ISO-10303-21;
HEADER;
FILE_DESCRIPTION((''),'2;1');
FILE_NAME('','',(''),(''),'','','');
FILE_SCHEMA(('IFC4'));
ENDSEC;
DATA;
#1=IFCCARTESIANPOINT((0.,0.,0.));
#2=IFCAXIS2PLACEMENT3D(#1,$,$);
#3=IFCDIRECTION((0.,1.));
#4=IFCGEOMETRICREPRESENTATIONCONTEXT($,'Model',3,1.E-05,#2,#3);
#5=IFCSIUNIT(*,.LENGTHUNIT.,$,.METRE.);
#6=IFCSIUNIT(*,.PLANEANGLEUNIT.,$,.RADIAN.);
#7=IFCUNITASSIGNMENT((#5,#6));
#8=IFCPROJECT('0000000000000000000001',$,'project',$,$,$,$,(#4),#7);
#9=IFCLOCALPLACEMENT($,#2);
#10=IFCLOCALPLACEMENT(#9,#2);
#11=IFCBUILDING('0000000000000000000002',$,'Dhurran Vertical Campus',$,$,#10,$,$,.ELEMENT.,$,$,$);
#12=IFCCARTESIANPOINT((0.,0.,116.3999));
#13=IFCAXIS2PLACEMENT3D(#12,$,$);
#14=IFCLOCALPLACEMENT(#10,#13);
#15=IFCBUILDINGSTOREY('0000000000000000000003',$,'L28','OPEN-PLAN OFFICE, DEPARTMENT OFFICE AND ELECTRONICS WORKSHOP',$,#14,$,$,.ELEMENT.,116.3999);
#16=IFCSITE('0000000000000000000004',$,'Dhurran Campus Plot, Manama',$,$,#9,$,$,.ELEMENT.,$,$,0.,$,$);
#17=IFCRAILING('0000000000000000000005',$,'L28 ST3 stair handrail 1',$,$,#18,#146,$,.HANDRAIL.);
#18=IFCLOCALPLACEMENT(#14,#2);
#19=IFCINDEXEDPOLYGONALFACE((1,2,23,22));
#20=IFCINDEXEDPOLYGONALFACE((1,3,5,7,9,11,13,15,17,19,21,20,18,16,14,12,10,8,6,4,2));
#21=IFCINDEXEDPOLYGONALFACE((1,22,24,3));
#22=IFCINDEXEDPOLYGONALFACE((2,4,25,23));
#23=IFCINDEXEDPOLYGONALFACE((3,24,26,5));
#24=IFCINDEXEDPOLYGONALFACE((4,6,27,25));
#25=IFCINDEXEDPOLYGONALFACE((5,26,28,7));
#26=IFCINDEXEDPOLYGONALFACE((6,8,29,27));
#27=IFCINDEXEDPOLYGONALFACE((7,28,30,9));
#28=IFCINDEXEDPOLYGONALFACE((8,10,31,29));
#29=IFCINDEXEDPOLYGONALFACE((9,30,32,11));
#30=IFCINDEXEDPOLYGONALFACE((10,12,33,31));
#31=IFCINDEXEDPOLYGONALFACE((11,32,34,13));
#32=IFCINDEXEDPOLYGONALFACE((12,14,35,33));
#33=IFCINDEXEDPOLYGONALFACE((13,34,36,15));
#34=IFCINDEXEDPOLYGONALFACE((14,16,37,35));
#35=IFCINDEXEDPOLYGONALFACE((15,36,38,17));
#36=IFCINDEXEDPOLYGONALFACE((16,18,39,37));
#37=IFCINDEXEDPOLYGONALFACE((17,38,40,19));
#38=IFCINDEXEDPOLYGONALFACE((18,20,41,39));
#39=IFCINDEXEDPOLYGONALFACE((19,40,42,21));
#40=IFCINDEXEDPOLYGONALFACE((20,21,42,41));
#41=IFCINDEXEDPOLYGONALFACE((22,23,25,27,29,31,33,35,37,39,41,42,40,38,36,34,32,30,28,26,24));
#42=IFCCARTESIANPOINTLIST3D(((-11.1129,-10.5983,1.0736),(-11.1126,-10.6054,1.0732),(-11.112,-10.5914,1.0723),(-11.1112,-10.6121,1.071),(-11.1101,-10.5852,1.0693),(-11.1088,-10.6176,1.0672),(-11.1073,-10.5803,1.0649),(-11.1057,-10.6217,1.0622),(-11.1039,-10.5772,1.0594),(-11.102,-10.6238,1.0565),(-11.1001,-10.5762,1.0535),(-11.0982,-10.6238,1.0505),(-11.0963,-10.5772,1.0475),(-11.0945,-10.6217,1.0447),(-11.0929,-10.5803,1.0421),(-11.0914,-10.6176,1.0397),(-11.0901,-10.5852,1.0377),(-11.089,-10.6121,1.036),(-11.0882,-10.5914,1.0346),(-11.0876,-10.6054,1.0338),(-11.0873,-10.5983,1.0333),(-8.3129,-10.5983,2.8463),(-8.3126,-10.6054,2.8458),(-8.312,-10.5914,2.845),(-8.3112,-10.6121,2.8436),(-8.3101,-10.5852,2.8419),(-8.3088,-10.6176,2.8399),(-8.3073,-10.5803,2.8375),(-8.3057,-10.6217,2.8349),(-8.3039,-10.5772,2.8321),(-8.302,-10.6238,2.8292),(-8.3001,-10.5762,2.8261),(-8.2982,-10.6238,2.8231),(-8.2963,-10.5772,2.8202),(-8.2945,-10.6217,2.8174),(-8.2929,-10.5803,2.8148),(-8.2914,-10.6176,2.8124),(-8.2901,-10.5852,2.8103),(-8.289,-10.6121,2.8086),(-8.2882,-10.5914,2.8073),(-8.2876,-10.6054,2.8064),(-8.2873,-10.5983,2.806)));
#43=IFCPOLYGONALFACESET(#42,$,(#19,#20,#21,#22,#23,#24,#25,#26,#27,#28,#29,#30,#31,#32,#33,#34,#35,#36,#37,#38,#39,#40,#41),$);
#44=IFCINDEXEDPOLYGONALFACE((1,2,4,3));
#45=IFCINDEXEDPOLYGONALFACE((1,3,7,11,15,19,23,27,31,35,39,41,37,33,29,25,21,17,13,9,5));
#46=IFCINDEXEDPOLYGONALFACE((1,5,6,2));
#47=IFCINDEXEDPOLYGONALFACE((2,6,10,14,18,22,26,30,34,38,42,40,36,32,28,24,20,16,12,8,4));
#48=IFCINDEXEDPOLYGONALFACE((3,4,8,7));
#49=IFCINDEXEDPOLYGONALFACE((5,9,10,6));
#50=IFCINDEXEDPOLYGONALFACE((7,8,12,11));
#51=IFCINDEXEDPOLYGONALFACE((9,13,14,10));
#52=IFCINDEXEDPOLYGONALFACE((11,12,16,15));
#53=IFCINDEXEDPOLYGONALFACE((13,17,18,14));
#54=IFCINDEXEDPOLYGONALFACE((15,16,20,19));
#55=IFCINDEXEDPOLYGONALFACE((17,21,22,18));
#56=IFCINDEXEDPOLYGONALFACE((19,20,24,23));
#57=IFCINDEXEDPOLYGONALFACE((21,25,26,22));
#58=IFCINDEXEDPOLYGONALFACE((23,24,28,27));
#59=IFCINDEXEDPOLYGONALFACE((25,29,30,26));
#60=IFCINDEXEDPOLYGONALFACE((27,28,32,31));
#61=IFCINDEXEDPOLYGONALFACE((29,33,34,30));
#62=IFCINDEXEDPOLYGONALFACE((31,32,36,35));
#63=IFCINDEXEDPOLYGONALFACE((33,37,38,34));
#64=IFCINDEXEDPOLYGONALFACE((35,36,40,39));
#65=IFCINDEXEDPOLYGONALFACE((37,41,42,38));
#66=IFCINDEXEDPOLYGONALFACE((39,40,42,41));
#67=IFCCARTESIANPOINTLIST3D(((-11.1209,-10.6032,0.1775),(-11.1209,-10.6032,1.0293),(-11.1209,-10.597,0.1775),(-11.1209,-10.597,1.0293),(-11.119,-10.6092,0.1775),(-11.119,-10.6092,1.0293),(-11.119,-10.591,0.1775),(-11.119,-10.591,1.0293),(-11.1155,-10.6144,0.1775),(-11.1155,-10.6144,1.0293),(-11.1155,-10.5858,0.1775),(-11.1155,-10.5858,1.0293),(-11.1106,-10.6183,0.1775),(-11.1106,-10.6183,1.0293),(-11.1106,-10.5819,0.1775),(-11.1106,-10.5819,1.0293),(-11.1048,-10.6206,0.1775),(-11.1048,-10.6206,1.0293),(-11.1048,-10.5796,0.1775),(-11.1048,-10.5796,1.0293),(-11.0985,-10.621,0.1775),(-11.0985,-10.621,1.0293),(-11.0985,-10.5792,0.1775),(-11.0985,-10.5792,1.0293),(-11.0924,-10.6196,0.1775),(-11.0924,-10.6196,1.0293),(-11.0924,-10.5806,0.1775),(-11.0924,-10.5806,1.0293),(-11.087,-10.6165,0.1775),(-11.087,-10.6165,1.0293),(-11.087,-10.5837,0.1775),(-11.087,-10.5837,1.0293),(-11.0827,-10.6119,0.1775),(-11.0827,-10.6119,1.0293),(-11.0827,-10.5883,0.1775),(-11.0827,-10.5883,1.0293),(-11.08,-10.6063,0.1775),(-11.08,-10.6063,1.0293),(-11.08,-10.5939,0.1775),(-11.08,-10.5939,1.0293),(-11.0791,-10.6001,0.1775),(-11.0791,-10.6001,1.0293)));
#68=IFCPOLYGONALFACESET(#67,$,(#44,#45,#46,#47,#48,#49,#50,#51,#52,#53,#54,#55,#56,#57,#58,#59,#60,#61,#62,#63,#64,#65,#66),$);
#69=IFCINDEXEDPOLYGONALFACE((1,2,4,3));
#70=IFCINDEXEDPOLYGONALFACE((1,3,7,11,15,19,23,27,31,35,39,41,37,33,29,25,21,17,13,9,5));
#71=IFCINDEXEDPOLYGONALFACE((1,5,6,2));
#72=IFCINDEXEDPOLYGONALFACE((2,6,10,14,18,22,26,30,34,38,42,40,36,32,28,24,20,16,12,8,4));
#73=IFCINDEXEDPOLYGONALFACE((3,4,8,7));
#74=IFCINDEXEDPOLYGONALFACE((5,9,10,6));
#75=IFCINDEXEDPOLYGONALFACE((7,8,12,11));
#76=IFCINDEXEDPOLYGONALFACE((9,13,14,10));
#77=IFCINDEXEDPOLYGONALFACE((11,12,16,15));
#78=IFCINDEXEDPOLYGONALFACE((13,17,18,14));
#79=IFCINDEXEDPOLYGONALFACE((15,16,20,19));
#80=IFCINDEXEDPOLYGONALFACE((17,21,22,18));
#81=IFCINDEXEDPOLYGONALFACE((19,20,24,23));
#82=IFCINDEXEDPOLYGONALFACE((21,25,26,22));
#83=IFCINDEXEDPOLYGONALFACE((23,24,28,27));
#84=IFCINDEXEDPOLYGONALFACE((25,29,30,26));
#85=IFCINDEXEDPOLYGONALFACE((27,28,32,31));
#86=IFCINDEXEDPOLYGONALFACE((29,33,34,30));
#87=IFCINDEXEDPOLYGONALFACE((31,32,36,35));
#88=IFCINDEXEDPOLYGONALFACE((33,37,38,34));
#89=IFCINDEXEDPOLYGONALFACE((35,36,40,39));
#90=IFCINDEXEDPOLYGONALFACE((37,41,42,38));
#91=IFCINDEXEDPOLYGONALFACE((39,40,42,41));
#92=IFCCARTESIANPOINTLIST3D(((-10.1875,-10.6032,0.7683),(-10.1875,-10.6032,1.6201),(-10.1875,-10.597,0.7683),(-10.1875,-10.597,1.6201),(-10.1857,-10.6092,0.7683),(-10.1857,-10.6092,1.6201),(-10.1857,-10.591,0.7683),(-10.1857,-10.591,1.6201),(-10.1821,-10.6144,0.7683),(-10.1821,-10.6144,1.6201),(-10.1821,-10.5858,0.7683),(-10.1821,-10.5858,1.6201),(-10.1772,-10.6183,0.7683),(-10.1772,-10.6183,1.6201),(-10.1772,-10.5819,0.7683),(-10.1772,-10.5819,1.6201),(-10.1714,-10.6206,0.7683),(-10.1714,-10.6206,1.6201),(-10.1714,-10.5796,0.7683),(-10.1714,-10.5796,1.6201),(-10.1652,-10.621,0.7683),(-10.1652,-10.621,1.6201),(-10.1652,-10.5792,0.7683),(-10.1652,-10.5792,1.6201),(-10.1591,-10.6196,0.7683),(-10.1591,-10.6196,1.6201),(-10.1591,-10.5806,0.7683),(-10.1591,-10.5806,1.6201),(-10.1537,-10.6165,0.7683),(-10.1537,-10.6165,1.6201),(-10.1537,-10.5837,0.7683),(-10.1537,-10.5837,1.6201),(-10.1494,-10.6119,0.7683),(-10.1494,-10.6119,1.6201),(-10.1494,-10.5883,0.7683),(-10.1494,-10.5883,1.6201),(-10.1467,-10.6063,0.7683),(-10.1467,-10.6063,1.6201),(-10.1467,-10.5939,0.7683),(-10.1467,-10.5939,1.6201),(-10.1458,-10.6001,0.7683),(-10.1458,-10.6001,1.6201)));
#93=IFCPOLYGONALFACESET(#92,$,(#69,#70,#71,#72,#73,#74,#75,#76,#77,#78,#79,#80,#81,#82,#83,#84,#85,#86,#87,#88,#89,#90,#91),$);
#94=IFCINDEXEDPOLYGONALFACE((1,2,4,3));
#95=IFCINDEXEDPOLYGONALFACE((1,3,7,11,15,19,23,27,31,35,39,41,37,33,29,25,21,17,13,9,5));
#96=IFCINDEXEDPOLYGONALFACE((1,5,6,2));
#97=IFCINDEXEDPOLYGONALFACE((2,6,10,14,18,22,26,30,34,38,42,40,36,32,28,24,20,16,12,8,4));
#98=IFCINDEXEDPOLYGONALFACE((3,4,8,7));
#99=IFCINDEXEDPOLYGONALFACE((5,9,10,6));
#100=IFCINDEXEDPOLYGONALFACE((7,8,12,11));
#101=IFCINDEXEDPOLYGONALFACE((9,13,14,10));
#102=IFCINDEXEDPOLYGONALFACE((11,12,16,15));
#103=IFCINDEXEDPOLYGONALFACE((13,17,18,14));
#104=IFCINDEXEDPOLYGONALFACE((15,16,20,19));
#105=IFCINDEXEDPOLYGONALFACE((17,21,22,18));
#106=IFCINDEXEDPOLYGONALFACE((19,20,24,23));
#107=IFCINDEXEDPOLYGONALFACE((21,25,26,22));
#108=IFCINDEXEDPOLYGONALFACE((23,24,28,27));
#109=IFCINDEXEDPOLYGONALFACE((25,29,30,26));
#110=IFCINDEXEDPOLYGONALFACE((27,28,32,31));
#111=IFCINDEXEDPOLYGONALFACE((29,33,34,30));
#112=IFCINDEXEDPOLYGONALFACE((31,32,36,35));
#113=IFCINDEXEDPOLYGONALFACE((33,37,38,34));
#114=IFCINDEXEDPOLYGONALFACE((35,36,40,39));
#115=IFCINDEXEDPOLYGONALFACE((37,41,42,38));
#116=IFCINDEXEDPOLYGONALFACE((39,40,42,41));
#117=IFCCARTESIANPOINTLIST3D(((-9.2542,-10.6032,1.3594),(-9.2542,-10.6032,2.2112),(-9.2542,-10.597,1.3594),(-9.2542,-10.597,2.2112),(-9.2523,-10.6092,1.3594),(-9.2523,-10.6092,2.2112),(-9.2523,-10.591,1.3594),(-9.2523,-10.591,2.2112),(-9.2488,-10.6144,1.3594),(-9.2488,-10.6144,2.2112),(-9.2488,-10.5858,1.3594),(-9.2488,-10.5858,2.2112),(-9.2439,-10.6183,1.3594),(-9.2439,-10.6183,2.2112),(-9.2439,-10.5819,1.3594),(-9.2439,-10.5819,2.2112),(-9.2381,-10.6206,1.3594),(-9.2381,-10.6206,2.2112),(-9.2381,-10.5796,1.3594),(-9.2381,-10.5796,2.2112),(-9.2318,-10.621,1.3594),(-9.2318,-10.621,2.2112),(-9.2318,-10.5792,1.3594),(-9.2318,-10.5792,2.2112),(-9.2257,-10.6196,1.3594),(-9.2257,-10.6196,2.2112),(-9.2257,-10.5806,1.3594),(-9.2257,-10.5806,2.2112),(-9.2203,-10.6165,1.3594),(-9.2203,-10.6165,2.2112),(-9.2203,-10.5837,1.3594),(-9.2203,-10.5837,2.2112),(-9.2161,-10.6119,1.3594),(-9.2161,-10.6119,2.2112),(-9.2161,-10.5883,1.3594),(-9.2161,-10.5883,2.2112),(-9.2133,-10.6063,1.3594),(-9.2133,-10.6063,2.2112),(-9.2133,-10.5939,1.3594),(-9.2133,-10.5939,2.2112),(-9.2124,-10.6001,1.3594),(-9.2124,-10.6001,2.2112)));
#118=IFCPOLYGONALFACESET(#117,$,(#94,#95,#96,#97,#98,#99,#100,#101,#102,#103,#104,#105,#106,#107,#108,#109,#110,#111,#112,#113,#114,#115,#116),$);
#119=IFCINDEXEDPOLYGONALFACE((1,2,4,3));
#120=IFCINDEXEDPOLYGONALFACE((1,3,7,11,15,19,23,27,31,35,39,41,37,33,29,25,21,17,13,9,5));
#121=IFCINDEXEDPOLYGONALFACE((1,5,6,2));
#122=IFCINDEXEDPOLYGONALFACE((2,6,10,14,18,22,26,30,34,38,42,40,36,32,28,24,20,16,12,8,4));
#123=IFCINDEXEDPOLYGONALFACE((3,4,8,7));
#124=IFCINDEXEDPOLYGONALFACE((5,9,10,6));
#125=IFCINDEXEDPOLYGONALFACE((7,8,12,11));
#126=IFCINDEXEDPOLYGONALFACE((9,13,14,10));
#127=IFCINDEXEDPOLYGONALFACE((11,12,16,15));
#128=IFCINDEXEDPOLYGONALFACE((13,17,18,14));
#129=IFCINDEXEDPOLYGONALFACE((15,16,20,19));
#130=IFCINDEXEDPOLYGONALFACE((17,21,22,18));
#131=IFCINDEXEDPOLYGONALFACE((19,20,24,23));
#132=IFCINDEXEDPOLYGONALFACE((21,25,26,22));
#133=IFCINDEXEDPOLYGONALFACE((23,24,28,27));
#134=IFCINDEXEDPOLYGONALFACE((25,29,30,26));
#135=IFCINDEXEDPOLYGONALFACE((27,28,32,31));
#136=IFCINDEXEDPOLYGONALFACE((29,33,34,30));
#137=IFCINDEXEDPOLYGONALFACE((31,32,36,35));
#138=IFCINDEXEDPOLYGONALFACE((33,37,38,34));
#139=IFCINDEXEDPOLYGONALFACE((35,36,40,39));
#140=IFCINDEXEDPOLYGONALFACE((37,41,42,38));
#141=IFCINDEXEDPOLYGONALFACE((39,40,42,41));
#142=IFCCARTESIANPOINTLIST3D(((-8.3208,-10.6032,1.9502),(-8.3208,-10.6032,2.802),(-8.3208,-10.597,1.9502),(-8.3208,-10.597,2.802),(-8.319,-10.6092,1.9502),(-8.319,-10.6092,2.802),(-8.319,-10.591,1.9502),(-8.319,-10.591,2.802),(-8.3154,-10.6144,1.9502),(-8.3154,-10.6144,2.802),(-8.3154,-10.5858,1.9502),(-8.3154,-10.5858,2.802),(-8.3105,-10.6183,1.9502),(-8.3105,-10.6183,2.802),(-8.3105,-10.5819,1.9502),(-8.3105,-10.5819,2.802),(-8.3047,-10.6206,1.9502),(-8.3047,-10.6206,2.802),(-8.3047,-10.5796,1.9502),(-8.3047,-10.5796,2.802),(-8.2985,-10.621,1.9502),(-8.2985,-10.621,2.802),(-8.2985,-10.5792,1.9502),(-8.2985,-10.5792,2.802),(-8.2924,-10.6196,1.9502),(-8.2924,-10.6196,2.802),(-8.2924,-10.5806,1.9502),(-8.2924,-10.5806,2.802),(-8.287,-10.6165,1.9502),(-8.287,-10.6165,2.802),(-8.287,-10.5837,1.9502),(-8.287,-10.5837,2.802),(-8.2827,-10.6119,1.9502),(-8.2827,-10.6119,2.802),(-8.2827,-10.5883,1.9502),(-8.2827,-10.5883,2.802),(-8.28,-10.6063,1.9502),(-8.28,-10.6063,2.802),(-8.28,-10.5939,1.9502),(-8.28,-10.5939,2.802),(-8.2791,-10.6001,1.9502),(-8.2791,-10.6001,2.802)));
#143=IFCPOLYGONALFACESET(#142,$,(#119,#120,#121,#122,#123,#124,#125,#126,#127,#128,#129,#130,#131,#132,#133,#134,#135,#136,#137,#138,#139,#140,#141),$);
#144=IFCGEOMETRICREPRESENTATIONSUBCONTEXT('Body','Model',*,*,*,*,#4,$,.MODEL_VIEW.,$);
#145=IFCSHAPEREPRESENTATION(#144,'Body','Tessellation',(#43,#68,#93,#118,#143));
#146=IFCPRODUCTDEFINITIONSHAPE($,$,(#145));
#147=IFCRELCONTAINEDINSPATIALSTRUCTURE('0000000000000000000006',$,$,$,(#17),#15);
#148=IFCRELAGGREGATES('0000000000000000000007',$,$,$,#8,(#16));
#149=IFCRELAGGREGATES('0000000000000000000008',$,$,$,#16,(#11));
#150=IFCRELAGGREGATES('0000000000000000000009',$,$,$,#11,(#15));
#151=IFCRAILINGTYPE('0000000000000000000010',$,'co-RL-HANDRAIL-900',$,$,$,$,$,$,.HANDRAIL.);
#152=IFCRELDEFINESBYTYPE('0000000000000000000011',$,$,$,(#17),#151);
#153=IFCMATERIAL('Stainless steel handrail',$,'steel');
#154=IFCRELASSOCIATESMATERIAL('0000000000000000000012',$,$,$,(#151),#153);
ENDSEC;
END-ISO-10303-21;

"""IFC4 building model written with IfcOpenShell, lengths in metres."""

from ifc_helpers import new_model, si_unit, direction, frame, origin, origin_2d, place, context, subcontext, project, spatial, circle, extrude, material, type_object, element, save


model = new_model("IFC4")

# Units and contexts
model_context = context("Model", 3, precision=1e-05, world=origin(), true_north=direction((0.0, 1.0)))
body_context = subcontext(model_context, "Body", "Model", "MODEL_VIEW")
ifc_project = project(units=[si_unit("LENGTHUNIT", "METRE"), si_unit("PLANEANGLEUNIT", "RADIAN")], contexts=[model_context])

# Site, building, storey
site_placement = place(None, origin())
site = spatial("IfcSite", under=ifc_project, at=site_placement, Name="Dhurran Campus Plot, Manama", CompositionType="ELEMENT", RefElevation=0.0)
building_placement = place(site_placement, origin())
building = spatial("IfcBuilding", under=site, at=building_placement, Name="Dhurran Vertical Campus", CompositionType="ELEMENT")
storey_placement = place(building_placement, frame((0.0, 0.0, 116.3999)))
storey = spatial("IfcBuildingStorey", under=building, at=storey_placement, Name="L28", Description="OPEN-PLAN OFFICE, DEPARTMENT OFFICE AND ELECTRONICS WORKSHOP", CompositionType="ELEMENT", Elevation=116.3999)

# Railing
ifc_material_1 = material(Name="Stainless steel handrail", Category="steel")
railing_type_1 = type_object("IfcRailingType", Name="co-RL-HANDRAIL-900", PredefinedType="HANDRAIL", material=ifc_material_1)
railing_1_placement = place(storey_placement, frame((-11.1001, -10.6001, 0.1775)))
element("IfcRailing", 1, at=railing_1_placement, inside=storey, type_object=railing_type_1, Name="L28 ST3 stair handrail 1", PredefinedType="HANDRAIL", context=body_context, shape_type="SweptSolid", body=[
    extrude(circle(Radius=0.0239, at=origin_2d()), frame((0.0, 0.0, 0.876), z_axis=(0.844909, 0.0, 0.53491), x_axis=(0.0, 1.0, 0.0)), (0.0, 0.0, 1.0), 3.314),
    extrude(circle(Radius=0.021, at=origin_2d()), origin(), (0.0, 0.0, 1.0), 0.8518),
    extrude(circle(Radius=0.021, at=origin_2d()), frame((0.9333, 0.0, 0.5908)), (0.0, 0.0, 1.0), 0.8518),
    extrude(circle(Radius=0.021, at=origin_2d()), frame((1.8667, 0.0, 1.1819)), (0.0, 0.0, 1.0), 0.8518),
    extrude(circle(Radius=0.021, at=origin_2d()), frame((2.8, 0.0, 1.7727)), (0.0, 0.0, 1.0), 0.8518),
])

save(model, "model.ifc")
